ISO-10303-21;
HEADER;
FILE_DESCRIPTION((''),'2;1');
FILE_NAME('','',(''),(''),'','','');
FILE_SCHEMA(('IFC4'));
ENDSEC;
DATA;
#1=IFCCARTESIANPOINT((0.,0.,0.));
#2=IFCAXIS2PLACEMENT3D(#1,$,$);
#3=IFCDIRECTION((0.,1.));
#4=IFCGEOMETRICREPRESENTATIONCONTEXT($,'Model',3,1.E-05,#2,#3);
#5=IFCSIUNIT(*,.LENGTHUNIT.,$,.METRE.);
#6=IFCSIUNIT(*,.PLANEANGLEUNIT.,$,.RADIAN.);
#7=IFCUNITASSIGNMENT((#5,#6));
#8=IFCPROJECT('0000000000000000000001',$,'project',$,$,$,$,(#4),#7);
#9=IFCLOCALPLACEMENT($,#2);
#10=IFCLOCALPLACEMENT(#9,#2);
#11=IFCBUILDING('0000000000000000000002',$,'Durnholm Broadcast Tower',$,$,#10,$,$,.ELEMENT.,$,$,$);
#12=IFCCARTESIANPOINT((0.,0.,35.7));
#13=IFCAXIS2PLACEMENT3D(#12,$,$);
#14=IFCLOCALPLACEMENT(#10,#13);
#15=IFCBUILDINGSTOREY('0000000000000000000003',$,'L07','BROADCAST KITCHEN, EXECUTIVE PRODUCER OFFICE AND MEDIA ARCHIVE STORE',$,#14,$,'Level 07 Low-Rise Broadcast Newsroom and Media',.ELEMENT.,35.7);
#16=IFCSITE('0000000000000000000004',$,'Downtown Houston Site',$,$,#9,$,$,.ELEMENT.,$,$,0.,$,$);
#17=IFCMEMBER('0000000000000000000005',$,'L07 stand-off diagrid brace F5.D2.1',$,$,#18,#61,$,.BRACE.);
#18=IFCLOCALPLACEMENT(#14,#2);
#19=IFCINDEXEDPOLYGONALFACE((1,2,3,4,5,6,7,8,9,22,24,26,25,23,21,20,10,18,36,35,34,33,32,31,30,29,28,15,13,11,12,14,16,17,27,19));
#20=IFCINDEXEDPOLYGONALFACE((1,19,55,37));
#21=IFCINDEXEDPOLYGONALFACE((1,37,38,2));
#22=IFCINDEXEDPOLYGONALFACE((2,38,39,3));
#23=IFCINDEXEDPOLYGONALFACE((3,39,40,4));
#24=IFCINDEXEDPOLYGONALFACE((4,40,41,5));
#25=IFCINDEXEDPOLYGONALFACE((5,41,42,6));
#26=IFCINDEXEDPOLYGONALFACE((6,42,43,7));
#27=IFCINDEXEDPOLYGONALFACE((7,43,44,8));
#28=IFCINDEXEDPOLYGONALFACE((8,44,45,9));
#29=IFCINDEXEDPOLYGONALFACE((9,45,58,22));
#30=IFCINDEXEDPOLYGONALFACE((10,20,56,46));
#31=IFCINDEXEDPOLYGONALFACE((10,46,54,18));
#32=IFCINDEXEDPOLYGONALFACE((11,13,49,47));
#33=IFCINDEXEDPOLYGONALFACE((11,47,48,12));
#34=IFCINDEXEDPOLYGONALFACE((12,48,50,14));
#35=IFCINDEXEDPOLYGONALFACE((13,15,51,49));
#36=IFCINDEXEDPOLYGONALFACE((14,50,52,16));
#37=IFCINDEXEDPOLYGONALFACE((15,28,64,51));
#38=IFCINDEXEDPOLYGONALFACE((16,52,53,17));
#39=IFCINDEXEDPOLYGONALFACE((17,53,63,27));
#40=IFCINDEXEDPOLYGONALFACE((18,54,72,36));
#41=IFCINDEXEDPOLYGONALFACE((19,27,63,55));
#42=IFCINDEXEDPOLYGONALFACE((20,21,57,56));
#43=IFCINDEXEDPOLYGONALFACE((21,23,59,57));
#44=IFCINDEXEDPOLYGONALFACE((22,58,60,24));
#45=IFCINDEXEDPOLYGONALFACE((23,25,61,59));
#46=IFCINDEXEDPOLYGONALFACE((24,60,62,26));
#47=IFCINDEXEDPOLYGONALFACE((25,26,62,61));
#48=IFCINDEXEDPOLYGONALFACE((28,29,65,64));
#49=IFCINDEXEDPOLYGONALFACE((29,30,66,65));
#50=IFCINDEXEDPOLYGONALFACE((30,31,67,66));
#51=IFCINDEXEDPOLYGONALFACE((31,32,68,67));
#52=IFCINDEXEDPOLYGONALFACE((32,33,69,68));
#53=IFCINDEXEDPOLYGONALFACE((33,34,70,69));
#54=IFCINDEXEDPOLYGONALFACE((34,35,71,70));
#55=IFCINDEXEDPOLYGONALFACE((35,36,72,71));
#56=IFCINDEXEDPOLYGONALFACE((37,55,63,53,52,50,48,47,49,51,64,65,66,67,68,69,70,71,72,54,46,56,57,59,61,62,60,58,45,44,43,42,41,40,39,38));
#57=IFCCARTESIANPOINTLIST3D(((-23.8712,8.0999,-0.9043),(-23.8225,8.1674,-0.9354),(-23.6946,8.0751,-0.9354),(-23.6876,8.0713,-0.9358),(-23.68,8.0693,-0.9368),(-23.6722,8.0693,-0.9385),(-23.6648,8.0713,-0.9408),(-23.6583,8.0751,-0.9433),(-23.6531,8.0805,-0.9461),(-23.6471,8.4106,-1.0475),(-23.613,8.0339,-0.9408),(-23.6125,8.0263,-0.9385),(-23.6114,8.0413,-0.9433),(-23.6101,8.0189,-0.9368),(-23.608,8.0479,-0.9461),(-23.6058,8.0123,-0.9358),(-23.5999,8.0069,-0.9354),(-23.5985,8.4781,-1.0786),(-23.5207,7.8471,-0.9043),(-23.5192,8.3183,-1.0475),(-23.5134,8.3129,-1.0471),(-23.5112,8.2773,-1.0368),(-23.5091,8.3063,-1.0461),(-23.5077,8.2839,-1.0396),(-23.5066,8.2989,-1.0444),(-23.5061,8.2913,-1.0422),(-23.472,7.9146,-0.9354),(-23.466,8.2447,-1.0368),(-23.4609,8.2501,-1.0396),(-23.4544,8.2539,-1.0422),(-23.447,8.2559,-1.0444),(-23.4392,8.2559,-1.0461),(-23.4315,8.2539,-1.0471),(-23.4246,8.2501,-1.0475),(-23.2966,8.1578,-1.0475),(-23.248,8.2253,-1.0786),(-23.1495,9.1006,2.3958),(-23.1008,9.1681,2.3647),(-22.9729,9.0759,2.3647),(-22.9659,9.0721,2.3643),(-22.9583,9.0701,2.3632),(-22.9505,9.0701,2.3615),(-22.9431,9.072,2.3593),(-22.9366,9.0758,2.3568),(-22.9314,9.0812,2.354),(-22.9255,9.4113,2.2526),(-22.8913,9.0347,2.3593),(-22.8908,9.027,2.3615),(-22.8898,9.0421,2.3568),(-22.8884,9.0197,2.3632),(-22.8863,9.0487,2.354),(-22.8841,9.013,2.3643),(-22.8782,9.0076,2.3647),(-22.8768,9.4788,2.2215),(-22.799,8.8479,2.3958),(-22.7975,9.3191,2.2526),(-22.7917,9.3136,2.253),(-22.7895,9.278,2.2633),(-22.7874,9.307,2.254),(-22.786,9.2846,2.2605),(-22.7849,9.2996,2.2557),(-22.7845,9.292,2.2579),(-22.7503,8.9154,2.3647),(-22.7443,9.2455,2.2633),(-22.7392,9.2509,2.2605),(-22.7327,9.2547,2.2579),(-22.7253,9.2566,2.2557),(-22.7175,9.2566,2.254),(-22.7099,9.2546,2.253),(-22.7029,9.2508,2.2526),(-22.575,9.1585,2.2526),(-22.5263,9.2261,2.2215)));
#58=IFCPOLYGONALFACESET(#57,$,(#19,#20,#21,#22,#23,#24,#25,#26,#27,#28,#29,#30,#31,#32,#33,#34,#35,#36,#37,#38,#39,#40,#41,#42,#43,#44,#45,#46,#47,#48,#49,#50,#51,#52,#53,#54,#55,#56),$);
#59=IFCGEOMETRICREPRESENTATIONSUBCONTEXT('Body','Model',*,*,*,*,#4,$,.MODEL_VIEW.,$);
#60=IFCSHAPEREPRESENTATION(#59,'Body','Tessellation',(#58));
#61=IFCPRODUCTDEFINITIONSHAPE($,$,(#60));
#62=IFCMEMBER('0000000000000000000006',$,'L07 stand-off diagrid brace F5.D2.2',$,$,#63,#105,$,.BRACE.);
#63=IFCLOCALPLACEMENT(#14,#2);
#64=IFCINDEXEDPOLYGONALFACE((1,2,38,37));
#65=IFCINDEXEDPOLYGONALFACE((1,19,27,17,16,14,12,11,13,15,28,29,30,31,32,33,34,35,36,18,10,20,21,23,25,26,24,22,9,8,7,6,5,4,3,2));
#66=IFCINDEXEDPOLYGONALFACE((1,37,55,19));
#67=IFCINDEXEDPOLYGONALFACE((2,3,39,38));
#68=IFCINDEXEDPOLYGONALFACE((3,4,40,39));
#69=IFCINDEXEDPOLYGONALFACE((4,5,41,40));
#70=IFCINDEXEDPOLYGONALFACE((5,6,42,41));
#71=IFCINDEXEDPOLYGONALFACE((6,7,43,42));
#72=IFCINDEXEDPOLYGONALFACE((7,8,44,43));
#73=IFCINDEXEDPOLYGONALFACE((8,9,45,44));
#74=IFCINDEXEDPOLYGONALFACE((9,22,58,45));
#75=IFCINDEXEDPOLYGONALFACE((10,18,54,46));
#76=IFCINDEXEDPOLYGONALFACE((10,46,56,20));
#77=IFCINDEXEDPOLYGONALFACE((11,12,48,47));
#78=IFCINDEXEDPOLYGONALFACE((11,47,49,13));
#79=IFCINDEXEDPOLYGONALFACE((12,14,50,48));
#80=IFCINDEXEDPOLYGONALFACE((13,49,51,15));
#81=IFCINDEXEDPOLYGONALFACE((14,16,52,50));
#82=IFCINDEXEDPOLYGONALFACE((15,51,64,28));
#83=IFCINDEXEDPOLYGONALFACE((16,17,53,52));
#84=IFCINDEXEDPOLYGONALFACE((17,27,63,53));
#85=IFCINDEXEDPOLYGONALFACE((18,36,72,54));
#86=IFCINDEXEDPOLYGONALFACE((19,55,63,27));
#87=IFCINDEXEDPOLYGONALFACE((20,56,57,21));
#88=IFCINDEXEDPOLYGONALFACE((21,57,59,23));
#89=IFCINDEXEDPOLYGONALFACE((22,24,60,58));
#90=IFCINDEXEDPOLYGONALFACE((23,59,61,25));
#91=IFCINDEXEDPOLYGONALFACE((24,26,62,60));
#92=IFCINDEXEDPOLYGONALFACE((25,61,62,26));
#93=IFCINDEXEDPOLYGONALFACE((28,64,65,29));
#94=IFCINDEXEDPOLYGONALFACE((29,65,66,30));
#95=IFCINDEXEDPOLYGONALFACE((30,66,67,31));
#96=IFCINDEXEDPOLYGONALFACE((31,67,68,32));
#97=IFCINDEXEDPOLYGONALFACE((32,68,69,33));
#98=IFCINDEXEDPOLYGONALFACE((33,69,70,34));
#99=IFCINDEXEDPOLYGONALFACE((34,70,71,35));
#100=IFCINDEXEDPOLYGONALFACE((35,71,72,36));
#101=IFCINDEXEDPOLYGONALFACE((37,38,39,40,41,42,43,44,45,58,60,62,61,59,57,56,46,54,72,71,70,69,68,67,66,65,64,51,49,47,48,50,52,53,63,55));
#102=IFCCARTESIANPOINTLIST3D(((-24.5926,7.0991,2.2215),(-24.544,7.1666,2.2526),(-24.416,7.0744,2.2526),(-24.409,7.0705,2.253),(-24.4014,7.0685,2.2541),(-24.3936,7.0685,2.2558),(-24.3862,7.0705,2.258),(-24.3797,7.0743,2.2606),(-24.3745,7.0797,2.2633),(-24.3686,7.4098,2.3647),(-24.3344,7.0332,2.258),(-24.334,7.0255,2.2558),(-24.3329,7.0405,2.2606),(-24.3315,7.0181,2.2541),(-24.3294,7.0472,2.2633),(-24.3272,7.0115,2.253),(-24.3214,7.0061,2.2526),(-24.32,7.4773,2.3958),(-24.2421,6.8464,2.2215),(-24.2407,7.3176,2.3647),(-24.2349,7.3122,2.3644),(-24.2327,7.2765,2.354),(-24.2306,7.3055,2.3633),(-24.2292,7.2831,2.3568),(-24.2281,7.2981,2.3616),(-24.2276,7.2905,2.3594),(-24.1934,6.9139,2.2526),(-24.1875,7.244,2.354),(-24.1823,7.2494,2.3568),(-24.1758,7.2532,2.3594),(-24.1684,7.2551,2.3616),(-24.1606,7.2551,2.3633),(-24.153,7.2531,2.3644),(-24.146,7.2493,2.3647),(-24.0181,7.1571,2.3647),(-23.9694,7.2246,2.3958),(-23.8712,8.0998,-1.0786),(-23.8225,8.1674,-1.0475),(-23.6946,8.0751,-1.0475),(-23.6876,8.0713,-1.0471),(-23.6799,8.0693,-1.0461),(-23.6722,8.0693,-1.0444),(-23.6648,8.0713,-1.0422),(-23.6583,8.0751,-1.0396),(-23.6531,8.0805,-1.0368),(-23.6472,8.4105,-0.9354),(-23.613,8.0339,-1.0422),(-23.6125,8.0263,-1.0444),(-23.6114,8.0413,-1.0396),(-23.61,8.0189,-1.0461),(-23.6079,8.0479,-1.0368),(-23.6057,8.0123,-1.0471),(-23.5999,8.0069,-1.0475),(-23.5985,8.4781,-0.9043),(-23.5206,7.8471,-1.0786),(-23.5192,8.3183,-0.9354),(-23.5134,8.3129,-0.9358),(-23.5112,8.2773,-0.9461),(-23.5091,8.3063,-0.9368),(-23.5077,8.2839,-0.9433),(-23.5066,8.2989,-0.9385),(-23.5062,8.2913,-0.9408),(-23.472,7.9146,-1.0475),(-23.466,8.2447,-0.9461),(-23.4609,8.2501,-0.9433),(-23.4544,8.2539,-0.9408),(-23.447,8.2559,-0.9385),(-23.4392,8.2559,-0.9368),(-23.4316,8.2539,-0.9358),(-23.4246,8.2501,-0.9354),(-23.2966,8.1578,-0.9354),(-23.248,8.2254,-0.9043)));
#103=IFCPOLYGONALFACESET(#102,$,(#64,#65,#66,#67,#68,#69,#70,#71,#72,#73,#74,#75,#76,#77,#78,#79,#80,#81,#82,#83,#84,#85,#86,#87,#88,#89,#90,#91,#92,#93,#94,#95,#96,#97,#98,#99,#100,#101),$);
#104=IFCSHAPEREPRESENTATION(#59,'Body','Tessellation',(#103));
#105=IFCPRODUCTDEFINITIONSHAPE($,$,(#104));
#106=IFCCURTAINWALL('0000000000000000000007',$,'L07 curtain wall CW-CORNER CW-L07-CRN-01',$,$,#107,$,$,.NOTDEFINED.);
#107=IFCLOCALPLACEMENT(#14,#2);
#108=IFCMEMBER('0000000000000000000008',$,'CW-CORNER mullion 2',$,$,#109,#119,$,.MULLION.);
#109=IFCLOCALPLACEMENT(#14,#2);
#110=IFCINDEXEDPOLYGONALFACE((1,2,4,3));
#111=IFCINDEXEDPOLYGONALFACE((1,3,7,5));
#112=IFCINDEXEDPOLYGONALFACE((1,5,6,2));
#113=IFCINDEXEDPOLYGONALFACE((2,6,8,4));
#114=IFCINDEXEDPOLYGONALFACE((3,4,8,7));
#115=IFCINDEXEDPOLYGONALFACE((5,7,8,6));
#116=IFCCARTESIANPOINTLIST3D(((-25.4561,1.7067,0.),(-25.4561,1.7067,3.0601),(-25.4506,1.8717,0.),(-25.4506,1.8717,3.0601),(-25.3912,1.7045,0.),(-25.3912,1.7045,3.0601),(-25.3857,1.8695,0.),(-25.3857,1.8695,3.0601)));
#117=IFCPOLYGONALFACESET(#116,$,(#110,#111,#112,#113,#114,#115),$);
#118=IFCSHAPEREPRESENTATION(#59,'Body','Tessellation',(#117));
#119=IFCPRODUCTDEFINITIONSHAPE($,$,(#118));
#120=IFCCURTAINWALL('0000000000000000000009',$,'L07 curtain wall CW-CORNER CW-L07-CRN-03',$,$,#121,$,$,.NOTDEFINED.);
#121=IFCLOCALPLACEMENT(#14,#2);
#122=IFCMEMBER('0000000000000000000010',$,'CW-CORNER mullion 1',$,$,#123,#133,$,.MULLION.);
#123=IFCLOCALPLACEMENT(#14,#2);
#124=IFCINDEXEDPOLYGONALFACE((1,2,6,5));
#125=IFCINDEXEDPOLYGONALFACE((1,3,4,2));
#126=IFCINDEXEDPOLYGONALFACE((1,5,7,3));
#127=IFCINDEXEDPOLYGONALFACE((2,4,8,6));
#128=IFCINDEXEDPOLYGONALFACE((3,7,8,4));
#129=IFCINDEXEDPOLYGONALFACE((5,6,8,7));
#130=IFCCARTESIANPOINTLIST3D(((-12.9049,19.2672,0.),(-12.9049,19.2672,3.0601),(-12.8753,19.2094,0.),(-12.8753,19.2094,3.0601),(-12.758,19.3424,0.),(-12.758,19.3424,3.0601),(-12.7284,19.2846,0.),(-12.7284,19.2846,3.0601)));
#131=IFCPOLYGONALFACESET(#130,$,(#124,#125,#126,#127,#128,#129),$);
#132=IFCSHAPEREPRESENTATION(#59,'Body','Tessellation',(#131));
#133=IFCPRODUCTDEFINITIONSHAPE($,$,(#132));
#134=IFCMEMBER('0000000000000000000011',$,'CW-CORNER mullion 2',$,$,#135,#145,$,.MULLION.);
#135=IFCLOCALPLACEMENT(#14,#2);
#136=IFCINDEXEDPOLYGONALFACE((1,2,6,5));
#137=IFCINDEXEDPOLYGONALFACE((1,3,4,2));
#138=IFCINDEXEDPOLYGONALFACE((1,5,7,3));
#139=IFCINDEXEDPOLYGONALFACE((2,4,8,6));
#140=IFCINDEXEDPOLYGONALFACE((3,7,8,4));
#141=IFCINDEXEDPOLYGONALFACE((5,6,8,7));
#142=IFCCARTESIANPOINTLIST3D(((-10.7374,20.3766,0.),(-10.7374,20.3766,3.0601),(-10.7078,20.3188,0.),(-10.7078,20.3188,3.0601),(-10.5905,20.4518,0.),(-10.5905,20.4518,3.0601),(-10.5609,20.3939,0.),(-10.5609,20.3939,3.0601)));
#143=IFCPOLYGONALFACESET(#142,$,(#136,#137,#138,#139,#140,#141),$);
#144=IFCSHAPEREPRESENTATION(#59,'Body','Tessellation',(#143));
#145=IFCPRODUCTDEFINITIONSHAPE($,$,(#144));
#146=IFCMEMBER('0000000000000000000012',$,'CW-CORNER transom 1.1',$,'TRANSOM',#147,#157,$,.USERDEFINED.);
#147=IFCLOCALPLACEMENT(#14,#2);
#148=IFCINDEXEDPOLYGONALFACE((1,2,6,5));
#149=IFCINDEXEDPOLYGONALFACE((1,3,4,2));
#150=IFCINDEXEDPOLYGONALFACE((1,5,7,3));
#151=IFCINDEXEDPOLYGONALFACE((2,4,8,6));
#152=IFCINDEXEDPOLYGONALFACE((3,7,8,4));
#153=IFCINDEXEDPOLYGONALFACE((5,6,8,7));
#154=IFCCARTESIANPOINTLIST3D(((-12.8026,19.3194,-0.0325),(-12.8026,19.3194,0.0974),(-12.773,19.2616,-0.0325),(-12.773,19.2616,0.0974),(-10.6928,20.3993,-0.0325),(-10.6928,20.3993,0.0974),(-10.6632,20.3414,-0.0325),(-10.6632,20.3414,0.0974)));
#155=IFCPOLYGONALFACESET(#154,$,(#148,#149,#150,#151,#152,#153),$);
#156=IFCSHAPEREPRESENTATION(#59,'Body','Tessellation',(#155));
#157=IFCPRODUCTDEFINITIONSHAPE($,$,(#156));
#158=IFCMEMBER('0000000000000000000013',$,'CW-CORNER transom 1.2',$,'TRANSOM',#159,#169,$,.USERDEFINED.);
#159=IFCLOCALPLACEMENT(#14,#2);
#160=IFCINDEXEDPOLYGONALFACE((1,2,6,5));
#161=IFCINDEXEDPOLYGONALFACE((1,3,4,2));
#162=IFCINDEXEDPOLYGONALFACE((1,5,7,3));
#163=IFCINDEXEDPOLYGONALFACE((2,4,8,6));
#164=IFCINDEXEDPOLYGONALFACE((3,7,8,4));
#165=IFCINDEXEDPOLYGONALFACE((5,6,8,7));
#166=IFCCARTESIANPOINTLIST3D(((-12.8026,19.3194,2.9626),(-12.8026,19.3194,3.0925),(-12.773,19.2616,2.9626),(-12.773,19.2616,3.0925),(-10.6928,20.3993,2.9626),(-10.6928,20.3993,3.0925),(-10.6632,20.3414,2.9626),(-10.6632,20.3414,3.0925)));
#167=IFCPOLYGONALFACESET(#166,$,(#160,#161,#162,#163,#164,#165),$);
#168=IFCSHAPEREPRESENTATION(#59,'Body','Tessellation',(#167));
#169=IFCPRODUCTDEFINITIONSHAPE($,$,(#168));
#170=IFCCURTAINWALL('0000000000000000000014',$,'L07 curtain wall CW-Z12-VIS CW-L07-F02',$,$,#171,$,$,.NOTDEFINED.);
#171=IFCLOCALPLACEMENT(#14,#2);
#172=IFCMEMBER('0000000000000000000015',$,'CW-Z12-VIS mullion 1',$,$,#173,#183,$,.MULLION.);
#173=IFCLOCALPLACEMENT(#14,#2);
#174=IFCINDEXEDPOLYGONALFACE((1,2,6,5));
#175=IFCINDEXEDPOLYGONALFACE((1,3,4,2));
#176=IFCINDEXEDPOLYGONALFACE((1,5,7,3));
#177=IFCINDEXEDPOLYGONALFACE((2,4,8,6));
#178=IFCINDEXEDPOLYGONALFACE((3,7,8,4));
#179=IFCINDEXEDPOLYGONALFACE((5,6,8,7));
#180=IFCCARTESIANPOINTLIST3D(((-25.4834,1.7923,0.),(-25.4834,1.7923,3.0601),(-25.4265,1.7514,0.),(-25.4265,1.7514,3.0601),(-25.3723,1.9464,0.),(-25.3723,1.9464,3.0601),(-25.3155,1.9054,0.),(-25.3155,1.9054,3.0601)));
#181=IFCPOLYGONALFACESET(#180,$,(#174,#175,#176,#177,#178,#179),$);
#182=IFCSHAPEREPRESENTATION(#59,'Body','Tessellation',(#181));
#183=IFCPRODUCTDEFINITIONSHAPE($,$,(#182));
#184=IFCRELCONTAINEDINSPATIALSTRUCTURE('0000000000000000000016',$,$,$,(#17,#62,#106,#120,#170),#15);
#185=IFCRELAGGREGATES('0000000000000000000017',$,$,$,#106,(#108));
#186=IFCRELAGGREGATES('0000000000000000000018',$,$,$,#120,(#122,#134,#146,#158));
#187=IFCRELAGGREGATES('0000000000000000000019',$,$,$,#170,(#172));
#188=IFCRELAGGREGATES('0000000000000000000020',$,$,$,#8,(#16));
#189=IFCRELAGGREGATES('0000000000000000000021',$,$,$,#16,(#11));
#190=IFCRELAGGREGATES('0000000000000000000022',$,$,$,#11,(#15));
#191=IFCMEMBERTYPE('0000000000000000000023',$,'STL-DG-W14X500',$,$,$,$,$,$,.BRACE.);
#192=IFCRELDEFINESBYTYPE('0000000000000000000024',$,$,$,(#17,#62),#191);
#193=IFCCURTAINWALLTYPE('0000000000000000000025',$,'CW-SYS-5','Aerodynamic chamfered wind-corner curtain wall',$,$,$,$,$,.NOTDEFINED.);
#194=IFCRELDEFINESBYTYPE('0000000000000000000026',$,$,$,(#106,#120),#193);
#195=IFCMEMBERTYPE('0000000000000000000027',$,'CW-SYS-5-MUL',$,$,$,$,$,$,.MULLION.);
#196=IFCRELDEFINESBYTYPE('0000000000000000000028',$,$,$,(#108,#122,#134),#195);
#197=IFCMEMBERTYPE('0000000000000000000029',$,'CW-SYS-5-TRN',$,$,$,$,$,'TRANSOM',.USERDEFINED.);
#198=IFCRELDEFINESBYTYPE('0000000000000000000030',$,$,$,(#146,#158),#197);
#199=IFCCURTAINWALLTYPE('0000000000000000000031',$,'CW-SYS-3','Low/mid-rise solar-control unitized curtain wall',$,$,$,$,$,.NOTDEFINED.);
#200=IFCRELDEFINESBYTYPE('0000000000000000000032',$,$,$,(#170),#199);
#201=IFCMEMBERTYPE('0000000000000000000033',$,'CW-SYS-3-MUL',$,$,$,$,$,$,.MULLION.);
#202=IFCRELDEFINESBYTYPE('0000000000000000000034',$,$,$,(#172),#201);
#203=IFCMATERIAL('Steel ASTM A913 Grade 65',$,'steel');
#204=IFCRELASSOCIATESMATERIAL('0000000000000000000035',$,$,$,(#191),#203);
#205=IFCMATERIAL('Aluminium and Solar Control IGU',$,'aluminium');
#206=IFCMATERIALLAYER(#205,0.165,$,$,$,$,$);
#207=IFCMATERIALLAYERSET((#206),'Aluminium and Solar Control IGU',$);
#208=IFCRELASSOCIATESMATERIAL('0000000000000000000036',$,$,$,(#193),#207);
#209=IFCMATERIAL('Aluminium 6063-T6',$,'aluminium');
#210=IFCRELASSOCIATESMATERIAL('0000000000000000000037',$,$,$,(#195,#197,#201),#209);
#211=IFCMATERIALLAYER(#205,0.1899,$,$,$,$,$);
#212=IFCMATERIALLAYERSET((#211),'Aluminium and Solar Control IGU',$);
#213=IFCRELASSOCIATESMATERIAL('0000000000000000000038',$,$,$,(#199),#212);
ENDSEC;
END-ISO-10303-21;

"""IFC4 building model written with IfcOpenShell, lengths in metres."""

from ifc_helpers import new_model, si_unit, direction, frame, origin, origin_2d, place, context, subcontext, project, spatial, rectangle, i_section, extrude, source, transform, mapped, material, layer, layer_set, material_profile, profile_set, type_object, type_shapes, element, aggregate, save


model = new_model("IFC4")

# Units and contexts
model_context = context("Model", 3, precision=1e-05, world=origin(), true_north=direction((0.0, 1.0)))
body_context = subcontext(model_context, "Body", "Model", "MODEL_VIEW")
ifc_project = project(units=[si_unit("LENGTHUNIT", "METRE"), si_unit("PLANEANGLEUNIT", "RADIAN")], contexts=[model_context])

# Site, building, storey
site_placement = place(None, origin())
site = spatial("IfcSite", under=ifc_project, at=site_placement, Name="Downtown Houston Site", CompositionType="ELEMENT", RefElevation=0.0)
building_placement = place(site_placement, origin())
building = spatial("IfcBuilding", under=site, at=building_placement, Name="Durnholm Broadcast Tower", CompositionType="ELEMENT")
storey_placement = place(building_placement, frame((0.0, 0.0, 35.7)))
storey = spatial("IfcBuildingStorey", under=building, at=storey_placement, Name="L07", Description="BROADCAST KITCHEN, EXECUTIVE PRODUCER OFFICE AND MEDIA ARCHIVE STORE", LongName="Level 07 Low-Rise Broadcast Newsroom and Media", CompositionType="ELEMENT", Elevation=35.7)

# Members
ifc_material_1 = material(Name="Steel ASTM A913 Grade 65", Category="steel")
ifc_material_profile_1 = material_profile(ifc_material_1, i_section(OverallWidth=0.4321, OverallDepth=0.4978, WebThickness=0.0557, FlangeThickness=0.0889, FilletRadius=0.0305, at=origin_2d()), Name="W14X500")
ifc_profile_set_1 = profile_set([ifc_material_profile_1], Name="Steel ASTM A913 Grade 65")
member_type_1 = type_object("IfcMemberType", Name="STL-DG-W14X500", PredefinedType="BRACE", material=ifc_profile_set_1)
shared_shape_1 = source(origin(), body_context, "Body", "SweptSolid", [
    extrude(i_section(OverallWidth=0.4321, OverallDepth=0.4978, WebThickness=0.0557, FlangeThickness=0.0889, FilletRadius=0.0305, at=origin_2d()), origin(), (0.0, 0.0, 1.0), 3.5232),
])
type_shapes(member_type_1, [shared_shape_1])
for number, where, z_axis, x_axis, name in (
    (1, (-23.5596, 8.1626, -0.9915), (0.204839, 0.284045, 0.936675), (-0.811091, 0.58492, 0.0), "L07 stand-off diagrid brace F5.D2.1"),
    (2, (-23.5596, 8.1626, -0.9915), (-0.204773, -0.284049, 0.936688), (0.811185, -0.584789, 0.0), "L07 stand-off diagrid brace F5.D2.2"),
):
    element("IfcMember", number, at=place(storey_placement, frame(where, z_axis=z_axis, x_axis=x_axis)), inside=storey, type_object=member_type_1, Name=name, PredefinedType="BRACE", context=body_context, shape_type="MappedRepresentation", body=[
        mapped(shared_shape_1, transform((0.0, 0.0, 0.0), x_axis=(1.0, 0.0, 0.0), y_axis=(0.0, 1.0, 0.0), z_axis=(0.0, 0.0, 1.0), scale=1.0)),
    ])

# Curtain wall, member
ifc_material_2 = material(Name="Aluminium and Solar Control IGU", Category="aluminium")
ifc_layer_1 = layer(ifc_material_2, 0.165)
ifc_layer_set_1 = layer_set([ifc_layer_1], Name="Aluminium and Solar Control IGU")
curtain_wall_type_1 = type_object("IfcCurtainWallType", Name="CW-SYS-5", Description="Aerodynamic chamfered wind-corner curtain wall", PredefinedType="NOTDEFINED", material=ifc_layer_set_1)
curtain_wall_1_placement = place(storey_placement, origin())
curtain_wall_1 = element("IfcCurtainWall", 3, at=curtain_wall_1_placement, inside=storey, type_object=curtain_wall_type_1, Name="L07 curtain wall CW-CORNER CW-L07-CRN-01", PredefinedType="NOTDEFINED")
ifc_material_3 = material(Name="Aluminium 6063-T6", Category="aluminium")
ifc_material_profile_2 = material_profile(ifc_material_3, rectangle(XDim=0.0649, YDim=0.165, at=origin_2d()), Name="CWM65X165")
ifc_profile_set_2 = profile_set([ifc_material_profile_2], Name="Aluminium 6063-T6")
member_type_2 = type_object("IfcMemberType", Name="CW-SYS-5-MUL", PredefinedType="MULLION", material=ifc_profile_set_2)
shared_shape_2 = source(origin(), body_context, "Body", "SweptSolid", [
    extrude(rectangle(XDim=0.0649, YDim=0.165, at=origin_2d()), origin(), (0.0, 0.0, 1.0), 3.0601),
])
type_shapes(member_type_2, [shared_shape_2])
member_1_placement = place(storey_placement, frame((-25.4209, 1.7881, 0.0), z_axis=(0.0, 0.0, 1.0), x_axis=(-0.999427, 0.03384, 0.0)))
member_1 = element("IfcMember", 4, at=member_1_placement, type_object=member_type_2, Name="CW-CORNER mullion 2", PredefinedType="MULLION", context=body_context, shape_type="MappedRepresentation", body=[
    mapped(shared_shape_2, transform((0.0, 0.0, 0.0), x_axis=(1.0, 0.0, 0.0), y_axis=(0.0, 1.0, 0.0), z_axis=(0.0, 0.0, 1.0), scale=1.0)),
])

# Curtain walls, members
curtain_wall_2_placement = place(storey_placement, origin())
curtain_wall_2 = element("IfcCurtainWall", 5, at=curtain_wall_2_placement, inside=storey, type_object=curtain_wall_type_1, Name="L07 curtain wall CW-CORNER CW-L07-CRN-03", PredefinedType="NOTDEFINED")
member_2_placement = place(storey_placement, frame((-12.8167, 19.2759, 0.0), z_axis=(0.0, 0.0, 1.0), x_axis=(-0.455594, 0.890188, 0.0)))
member_2 = element("IfcMember", 6, at=member_2_placement, type_object=member_type_2, Name="CW-CORNER mullion 1", PredefinedType="MULLION", context=body_context, shape_type="MappedRepresentation", body=[
    mapped(shared_shape_2, transform((0.0, 0.0, 0.0), x_axis=(1.0, 0.0, 0.0), y_axis=(0.0, 1.0, 0.0), z_axis=(0.0, 0.0, 1.0), scale=1.0)),
])
member_3_placement = place(storey_placement, frame((-10.6492, 20.3853, 0.0), z_axis=(0.0, 0.0, 1.0), x_axis=(-0.455594, 0.890188, 0.0)))
member_3 = element("IfcMember", 7, at=member_3_placement, type_object=member_type_2, Name="CW-CORNER mullion 2", PredefinedType="MULLION", context=body_context, shape_type="MappedRepresentation", body=[
    mapped(shared_shape_2, transform((0.0, 0.0, 0.0), x_axis=(1.0, 0.0, 0.0), y_axis=(0.0, 1.0, 0.0), z_axis=(0.0, 0.0, 1.0), scale=1.0)),
])
ifc_material_profile_3 = material_profile(ifc_material_3, rectangle(XDim=0.0649, YDim=0.1299, at=origin_2d()), Name="CWT65X130")
ifc_profile_set_3 = profile_set([ifc_material_profile_3], Name="Aluminium 6063-T6")
member_type_3 = type_object("IfcMemberType", Name="CW-SYS-5-TRN", ElementType="TRANSOM", PredefinedType="USERDEFINED", material=ifc_profile_set_3)
shared_shape_3 = source(origin(), body_context, "Body", "SweptSolid", [
    extrude(rectangle(XDim=0.0649, YDim=0.1299, at=origin_2d()), origin(), (0.0, 0.0, 1.0), 2.3701),
])
type_shapes(member_type_3, [shared_shape_3])
member_4_placement = place(storey_placement, frame((-12.7878, 19.2905, 0.0325), z_axis=(0.890185, 0.455599, 0.0), x_axis=(-0.455599, 0.890185, 0.0)))
member_4 = element("IfcMember", 8, at=member_4_placement, type_object=member_type_3, Name="CW-CORNER transom 1.1", ObjectType="TRANSOM", PredefinedType="USERDEFINED", context=body_context, shape_type="MappedRepresentation", body=[
    mapped(shared_shape_3, transform((0.0, 0.0, 0.0), x_axis=(1.0, 0.0, 0.0), y_axis=(0.0, 1.0, 0.0), z_axis=(0.0, 0.0, 1.0), scale=1.0)),
])
member_5_placement = place(storey_placement, frame((-12.7878, 19.2905, 3.0276), z_axis=(0.890185, 0.455599, 0.0), x_axis=(-0.455599, 0.890185, 0.0)))
member_5 = element("IfcMember", 9, at=member_5_placement, type_object=member_type_3, Name="CW-CORNER transom 1.2", ObjectType="TRANSOM", PredefinedType="USERDEFINED", context=body_context, shape_type="MappedRepresentation", body=[
    mapped(shared_shape_3, transform((0.0, 0.0, 0.0), x_axis=(1.0, 0.0, 0.0), y_axis=(0.0, 1.0, 0.0), z_axis=(0.0, 0.0, 1.0), scale=1.0)),
])
ifc_layer_2 = layer(ifc_material_2, 0.1899)
ifc_layer_set_2 = layer_set([ifc_layer_2], Name="Aluminium and Solar Control IGU")
curtain_wall_type_2 = type_object("IfcCurtainWallType", Name="CW-SYS-3", Description="Low/mid-rise solar-control unitized curtain wall", PredefinedType="NOTDEFINED", material=ifc_layer_set_2)
curtain_wall_3_placement = place(storey_placement, origin())
curtain_wall_3 = element("IfcCurtainWall", 10, at=curtain_wall_3_placement, inside=storey, type_object=curtain_wall_type_2, Name="L07 curtain wall CW-Z12-VIS CW-L07-F02", PredefinedType="NOTDEFINED")
ifc_material_profile_4 = material_profile(ifc_material_3, rectangle(XDim=0.0701, YDim=0.1899, at=origin_2d()), Name="CWM70X190")
ifc_profile_set_4 = profile_set([ifc_material_profile_4], Name="Aluminium 6063-T6")
member_type_4 = type_object("IfcMemberType", Name="CW-SYS-3-MUL", PredefinedType="MULLION", material=ifc_profile_set_4)
shared_shape_4 = source(origin(), body_context, "Body", "SweptSolid", [
    extrude(rectangle(XDim=0.0701, YDim=0.1899, at=origin_2d()), origin(), (0.0, 0.0, 1.0), 3.0601),
])
type_shapes(member_type_4, [shared_shape_4])
member_6_placement = place(storey_placement, frame((-25.3994, 1.8489, 0.0), z_axis=(0.0, 0.0, 1.0), x_axis=(-0.811161, 0.584823, 0.0)))
member_6 = element("IfcMember", 11, at=member_6_placement, type_object=member_type_4, Name="CW-Z12-VIS mullion 1", PredefinedType="MULLION", context=body_context, shape_type="MappedRepresentation", body=[
    mapped(shared_shape_4, transform((0.0, 0.0, 0.0), x_axis=(1.0, 0.0, 0.0), y_axis=(0.0, 1.0, 0.0), z_axis=(0.0, 0.0, 1.0), scale=1.0)),
])

aggregate(curtain_wall_1, [member_1])
aggregate(curtain_wall_2, [member_2, member_3, member_4, member_5])
aggregate(curtain_wall_3, [member_6])

save(model, "model.ifc")
